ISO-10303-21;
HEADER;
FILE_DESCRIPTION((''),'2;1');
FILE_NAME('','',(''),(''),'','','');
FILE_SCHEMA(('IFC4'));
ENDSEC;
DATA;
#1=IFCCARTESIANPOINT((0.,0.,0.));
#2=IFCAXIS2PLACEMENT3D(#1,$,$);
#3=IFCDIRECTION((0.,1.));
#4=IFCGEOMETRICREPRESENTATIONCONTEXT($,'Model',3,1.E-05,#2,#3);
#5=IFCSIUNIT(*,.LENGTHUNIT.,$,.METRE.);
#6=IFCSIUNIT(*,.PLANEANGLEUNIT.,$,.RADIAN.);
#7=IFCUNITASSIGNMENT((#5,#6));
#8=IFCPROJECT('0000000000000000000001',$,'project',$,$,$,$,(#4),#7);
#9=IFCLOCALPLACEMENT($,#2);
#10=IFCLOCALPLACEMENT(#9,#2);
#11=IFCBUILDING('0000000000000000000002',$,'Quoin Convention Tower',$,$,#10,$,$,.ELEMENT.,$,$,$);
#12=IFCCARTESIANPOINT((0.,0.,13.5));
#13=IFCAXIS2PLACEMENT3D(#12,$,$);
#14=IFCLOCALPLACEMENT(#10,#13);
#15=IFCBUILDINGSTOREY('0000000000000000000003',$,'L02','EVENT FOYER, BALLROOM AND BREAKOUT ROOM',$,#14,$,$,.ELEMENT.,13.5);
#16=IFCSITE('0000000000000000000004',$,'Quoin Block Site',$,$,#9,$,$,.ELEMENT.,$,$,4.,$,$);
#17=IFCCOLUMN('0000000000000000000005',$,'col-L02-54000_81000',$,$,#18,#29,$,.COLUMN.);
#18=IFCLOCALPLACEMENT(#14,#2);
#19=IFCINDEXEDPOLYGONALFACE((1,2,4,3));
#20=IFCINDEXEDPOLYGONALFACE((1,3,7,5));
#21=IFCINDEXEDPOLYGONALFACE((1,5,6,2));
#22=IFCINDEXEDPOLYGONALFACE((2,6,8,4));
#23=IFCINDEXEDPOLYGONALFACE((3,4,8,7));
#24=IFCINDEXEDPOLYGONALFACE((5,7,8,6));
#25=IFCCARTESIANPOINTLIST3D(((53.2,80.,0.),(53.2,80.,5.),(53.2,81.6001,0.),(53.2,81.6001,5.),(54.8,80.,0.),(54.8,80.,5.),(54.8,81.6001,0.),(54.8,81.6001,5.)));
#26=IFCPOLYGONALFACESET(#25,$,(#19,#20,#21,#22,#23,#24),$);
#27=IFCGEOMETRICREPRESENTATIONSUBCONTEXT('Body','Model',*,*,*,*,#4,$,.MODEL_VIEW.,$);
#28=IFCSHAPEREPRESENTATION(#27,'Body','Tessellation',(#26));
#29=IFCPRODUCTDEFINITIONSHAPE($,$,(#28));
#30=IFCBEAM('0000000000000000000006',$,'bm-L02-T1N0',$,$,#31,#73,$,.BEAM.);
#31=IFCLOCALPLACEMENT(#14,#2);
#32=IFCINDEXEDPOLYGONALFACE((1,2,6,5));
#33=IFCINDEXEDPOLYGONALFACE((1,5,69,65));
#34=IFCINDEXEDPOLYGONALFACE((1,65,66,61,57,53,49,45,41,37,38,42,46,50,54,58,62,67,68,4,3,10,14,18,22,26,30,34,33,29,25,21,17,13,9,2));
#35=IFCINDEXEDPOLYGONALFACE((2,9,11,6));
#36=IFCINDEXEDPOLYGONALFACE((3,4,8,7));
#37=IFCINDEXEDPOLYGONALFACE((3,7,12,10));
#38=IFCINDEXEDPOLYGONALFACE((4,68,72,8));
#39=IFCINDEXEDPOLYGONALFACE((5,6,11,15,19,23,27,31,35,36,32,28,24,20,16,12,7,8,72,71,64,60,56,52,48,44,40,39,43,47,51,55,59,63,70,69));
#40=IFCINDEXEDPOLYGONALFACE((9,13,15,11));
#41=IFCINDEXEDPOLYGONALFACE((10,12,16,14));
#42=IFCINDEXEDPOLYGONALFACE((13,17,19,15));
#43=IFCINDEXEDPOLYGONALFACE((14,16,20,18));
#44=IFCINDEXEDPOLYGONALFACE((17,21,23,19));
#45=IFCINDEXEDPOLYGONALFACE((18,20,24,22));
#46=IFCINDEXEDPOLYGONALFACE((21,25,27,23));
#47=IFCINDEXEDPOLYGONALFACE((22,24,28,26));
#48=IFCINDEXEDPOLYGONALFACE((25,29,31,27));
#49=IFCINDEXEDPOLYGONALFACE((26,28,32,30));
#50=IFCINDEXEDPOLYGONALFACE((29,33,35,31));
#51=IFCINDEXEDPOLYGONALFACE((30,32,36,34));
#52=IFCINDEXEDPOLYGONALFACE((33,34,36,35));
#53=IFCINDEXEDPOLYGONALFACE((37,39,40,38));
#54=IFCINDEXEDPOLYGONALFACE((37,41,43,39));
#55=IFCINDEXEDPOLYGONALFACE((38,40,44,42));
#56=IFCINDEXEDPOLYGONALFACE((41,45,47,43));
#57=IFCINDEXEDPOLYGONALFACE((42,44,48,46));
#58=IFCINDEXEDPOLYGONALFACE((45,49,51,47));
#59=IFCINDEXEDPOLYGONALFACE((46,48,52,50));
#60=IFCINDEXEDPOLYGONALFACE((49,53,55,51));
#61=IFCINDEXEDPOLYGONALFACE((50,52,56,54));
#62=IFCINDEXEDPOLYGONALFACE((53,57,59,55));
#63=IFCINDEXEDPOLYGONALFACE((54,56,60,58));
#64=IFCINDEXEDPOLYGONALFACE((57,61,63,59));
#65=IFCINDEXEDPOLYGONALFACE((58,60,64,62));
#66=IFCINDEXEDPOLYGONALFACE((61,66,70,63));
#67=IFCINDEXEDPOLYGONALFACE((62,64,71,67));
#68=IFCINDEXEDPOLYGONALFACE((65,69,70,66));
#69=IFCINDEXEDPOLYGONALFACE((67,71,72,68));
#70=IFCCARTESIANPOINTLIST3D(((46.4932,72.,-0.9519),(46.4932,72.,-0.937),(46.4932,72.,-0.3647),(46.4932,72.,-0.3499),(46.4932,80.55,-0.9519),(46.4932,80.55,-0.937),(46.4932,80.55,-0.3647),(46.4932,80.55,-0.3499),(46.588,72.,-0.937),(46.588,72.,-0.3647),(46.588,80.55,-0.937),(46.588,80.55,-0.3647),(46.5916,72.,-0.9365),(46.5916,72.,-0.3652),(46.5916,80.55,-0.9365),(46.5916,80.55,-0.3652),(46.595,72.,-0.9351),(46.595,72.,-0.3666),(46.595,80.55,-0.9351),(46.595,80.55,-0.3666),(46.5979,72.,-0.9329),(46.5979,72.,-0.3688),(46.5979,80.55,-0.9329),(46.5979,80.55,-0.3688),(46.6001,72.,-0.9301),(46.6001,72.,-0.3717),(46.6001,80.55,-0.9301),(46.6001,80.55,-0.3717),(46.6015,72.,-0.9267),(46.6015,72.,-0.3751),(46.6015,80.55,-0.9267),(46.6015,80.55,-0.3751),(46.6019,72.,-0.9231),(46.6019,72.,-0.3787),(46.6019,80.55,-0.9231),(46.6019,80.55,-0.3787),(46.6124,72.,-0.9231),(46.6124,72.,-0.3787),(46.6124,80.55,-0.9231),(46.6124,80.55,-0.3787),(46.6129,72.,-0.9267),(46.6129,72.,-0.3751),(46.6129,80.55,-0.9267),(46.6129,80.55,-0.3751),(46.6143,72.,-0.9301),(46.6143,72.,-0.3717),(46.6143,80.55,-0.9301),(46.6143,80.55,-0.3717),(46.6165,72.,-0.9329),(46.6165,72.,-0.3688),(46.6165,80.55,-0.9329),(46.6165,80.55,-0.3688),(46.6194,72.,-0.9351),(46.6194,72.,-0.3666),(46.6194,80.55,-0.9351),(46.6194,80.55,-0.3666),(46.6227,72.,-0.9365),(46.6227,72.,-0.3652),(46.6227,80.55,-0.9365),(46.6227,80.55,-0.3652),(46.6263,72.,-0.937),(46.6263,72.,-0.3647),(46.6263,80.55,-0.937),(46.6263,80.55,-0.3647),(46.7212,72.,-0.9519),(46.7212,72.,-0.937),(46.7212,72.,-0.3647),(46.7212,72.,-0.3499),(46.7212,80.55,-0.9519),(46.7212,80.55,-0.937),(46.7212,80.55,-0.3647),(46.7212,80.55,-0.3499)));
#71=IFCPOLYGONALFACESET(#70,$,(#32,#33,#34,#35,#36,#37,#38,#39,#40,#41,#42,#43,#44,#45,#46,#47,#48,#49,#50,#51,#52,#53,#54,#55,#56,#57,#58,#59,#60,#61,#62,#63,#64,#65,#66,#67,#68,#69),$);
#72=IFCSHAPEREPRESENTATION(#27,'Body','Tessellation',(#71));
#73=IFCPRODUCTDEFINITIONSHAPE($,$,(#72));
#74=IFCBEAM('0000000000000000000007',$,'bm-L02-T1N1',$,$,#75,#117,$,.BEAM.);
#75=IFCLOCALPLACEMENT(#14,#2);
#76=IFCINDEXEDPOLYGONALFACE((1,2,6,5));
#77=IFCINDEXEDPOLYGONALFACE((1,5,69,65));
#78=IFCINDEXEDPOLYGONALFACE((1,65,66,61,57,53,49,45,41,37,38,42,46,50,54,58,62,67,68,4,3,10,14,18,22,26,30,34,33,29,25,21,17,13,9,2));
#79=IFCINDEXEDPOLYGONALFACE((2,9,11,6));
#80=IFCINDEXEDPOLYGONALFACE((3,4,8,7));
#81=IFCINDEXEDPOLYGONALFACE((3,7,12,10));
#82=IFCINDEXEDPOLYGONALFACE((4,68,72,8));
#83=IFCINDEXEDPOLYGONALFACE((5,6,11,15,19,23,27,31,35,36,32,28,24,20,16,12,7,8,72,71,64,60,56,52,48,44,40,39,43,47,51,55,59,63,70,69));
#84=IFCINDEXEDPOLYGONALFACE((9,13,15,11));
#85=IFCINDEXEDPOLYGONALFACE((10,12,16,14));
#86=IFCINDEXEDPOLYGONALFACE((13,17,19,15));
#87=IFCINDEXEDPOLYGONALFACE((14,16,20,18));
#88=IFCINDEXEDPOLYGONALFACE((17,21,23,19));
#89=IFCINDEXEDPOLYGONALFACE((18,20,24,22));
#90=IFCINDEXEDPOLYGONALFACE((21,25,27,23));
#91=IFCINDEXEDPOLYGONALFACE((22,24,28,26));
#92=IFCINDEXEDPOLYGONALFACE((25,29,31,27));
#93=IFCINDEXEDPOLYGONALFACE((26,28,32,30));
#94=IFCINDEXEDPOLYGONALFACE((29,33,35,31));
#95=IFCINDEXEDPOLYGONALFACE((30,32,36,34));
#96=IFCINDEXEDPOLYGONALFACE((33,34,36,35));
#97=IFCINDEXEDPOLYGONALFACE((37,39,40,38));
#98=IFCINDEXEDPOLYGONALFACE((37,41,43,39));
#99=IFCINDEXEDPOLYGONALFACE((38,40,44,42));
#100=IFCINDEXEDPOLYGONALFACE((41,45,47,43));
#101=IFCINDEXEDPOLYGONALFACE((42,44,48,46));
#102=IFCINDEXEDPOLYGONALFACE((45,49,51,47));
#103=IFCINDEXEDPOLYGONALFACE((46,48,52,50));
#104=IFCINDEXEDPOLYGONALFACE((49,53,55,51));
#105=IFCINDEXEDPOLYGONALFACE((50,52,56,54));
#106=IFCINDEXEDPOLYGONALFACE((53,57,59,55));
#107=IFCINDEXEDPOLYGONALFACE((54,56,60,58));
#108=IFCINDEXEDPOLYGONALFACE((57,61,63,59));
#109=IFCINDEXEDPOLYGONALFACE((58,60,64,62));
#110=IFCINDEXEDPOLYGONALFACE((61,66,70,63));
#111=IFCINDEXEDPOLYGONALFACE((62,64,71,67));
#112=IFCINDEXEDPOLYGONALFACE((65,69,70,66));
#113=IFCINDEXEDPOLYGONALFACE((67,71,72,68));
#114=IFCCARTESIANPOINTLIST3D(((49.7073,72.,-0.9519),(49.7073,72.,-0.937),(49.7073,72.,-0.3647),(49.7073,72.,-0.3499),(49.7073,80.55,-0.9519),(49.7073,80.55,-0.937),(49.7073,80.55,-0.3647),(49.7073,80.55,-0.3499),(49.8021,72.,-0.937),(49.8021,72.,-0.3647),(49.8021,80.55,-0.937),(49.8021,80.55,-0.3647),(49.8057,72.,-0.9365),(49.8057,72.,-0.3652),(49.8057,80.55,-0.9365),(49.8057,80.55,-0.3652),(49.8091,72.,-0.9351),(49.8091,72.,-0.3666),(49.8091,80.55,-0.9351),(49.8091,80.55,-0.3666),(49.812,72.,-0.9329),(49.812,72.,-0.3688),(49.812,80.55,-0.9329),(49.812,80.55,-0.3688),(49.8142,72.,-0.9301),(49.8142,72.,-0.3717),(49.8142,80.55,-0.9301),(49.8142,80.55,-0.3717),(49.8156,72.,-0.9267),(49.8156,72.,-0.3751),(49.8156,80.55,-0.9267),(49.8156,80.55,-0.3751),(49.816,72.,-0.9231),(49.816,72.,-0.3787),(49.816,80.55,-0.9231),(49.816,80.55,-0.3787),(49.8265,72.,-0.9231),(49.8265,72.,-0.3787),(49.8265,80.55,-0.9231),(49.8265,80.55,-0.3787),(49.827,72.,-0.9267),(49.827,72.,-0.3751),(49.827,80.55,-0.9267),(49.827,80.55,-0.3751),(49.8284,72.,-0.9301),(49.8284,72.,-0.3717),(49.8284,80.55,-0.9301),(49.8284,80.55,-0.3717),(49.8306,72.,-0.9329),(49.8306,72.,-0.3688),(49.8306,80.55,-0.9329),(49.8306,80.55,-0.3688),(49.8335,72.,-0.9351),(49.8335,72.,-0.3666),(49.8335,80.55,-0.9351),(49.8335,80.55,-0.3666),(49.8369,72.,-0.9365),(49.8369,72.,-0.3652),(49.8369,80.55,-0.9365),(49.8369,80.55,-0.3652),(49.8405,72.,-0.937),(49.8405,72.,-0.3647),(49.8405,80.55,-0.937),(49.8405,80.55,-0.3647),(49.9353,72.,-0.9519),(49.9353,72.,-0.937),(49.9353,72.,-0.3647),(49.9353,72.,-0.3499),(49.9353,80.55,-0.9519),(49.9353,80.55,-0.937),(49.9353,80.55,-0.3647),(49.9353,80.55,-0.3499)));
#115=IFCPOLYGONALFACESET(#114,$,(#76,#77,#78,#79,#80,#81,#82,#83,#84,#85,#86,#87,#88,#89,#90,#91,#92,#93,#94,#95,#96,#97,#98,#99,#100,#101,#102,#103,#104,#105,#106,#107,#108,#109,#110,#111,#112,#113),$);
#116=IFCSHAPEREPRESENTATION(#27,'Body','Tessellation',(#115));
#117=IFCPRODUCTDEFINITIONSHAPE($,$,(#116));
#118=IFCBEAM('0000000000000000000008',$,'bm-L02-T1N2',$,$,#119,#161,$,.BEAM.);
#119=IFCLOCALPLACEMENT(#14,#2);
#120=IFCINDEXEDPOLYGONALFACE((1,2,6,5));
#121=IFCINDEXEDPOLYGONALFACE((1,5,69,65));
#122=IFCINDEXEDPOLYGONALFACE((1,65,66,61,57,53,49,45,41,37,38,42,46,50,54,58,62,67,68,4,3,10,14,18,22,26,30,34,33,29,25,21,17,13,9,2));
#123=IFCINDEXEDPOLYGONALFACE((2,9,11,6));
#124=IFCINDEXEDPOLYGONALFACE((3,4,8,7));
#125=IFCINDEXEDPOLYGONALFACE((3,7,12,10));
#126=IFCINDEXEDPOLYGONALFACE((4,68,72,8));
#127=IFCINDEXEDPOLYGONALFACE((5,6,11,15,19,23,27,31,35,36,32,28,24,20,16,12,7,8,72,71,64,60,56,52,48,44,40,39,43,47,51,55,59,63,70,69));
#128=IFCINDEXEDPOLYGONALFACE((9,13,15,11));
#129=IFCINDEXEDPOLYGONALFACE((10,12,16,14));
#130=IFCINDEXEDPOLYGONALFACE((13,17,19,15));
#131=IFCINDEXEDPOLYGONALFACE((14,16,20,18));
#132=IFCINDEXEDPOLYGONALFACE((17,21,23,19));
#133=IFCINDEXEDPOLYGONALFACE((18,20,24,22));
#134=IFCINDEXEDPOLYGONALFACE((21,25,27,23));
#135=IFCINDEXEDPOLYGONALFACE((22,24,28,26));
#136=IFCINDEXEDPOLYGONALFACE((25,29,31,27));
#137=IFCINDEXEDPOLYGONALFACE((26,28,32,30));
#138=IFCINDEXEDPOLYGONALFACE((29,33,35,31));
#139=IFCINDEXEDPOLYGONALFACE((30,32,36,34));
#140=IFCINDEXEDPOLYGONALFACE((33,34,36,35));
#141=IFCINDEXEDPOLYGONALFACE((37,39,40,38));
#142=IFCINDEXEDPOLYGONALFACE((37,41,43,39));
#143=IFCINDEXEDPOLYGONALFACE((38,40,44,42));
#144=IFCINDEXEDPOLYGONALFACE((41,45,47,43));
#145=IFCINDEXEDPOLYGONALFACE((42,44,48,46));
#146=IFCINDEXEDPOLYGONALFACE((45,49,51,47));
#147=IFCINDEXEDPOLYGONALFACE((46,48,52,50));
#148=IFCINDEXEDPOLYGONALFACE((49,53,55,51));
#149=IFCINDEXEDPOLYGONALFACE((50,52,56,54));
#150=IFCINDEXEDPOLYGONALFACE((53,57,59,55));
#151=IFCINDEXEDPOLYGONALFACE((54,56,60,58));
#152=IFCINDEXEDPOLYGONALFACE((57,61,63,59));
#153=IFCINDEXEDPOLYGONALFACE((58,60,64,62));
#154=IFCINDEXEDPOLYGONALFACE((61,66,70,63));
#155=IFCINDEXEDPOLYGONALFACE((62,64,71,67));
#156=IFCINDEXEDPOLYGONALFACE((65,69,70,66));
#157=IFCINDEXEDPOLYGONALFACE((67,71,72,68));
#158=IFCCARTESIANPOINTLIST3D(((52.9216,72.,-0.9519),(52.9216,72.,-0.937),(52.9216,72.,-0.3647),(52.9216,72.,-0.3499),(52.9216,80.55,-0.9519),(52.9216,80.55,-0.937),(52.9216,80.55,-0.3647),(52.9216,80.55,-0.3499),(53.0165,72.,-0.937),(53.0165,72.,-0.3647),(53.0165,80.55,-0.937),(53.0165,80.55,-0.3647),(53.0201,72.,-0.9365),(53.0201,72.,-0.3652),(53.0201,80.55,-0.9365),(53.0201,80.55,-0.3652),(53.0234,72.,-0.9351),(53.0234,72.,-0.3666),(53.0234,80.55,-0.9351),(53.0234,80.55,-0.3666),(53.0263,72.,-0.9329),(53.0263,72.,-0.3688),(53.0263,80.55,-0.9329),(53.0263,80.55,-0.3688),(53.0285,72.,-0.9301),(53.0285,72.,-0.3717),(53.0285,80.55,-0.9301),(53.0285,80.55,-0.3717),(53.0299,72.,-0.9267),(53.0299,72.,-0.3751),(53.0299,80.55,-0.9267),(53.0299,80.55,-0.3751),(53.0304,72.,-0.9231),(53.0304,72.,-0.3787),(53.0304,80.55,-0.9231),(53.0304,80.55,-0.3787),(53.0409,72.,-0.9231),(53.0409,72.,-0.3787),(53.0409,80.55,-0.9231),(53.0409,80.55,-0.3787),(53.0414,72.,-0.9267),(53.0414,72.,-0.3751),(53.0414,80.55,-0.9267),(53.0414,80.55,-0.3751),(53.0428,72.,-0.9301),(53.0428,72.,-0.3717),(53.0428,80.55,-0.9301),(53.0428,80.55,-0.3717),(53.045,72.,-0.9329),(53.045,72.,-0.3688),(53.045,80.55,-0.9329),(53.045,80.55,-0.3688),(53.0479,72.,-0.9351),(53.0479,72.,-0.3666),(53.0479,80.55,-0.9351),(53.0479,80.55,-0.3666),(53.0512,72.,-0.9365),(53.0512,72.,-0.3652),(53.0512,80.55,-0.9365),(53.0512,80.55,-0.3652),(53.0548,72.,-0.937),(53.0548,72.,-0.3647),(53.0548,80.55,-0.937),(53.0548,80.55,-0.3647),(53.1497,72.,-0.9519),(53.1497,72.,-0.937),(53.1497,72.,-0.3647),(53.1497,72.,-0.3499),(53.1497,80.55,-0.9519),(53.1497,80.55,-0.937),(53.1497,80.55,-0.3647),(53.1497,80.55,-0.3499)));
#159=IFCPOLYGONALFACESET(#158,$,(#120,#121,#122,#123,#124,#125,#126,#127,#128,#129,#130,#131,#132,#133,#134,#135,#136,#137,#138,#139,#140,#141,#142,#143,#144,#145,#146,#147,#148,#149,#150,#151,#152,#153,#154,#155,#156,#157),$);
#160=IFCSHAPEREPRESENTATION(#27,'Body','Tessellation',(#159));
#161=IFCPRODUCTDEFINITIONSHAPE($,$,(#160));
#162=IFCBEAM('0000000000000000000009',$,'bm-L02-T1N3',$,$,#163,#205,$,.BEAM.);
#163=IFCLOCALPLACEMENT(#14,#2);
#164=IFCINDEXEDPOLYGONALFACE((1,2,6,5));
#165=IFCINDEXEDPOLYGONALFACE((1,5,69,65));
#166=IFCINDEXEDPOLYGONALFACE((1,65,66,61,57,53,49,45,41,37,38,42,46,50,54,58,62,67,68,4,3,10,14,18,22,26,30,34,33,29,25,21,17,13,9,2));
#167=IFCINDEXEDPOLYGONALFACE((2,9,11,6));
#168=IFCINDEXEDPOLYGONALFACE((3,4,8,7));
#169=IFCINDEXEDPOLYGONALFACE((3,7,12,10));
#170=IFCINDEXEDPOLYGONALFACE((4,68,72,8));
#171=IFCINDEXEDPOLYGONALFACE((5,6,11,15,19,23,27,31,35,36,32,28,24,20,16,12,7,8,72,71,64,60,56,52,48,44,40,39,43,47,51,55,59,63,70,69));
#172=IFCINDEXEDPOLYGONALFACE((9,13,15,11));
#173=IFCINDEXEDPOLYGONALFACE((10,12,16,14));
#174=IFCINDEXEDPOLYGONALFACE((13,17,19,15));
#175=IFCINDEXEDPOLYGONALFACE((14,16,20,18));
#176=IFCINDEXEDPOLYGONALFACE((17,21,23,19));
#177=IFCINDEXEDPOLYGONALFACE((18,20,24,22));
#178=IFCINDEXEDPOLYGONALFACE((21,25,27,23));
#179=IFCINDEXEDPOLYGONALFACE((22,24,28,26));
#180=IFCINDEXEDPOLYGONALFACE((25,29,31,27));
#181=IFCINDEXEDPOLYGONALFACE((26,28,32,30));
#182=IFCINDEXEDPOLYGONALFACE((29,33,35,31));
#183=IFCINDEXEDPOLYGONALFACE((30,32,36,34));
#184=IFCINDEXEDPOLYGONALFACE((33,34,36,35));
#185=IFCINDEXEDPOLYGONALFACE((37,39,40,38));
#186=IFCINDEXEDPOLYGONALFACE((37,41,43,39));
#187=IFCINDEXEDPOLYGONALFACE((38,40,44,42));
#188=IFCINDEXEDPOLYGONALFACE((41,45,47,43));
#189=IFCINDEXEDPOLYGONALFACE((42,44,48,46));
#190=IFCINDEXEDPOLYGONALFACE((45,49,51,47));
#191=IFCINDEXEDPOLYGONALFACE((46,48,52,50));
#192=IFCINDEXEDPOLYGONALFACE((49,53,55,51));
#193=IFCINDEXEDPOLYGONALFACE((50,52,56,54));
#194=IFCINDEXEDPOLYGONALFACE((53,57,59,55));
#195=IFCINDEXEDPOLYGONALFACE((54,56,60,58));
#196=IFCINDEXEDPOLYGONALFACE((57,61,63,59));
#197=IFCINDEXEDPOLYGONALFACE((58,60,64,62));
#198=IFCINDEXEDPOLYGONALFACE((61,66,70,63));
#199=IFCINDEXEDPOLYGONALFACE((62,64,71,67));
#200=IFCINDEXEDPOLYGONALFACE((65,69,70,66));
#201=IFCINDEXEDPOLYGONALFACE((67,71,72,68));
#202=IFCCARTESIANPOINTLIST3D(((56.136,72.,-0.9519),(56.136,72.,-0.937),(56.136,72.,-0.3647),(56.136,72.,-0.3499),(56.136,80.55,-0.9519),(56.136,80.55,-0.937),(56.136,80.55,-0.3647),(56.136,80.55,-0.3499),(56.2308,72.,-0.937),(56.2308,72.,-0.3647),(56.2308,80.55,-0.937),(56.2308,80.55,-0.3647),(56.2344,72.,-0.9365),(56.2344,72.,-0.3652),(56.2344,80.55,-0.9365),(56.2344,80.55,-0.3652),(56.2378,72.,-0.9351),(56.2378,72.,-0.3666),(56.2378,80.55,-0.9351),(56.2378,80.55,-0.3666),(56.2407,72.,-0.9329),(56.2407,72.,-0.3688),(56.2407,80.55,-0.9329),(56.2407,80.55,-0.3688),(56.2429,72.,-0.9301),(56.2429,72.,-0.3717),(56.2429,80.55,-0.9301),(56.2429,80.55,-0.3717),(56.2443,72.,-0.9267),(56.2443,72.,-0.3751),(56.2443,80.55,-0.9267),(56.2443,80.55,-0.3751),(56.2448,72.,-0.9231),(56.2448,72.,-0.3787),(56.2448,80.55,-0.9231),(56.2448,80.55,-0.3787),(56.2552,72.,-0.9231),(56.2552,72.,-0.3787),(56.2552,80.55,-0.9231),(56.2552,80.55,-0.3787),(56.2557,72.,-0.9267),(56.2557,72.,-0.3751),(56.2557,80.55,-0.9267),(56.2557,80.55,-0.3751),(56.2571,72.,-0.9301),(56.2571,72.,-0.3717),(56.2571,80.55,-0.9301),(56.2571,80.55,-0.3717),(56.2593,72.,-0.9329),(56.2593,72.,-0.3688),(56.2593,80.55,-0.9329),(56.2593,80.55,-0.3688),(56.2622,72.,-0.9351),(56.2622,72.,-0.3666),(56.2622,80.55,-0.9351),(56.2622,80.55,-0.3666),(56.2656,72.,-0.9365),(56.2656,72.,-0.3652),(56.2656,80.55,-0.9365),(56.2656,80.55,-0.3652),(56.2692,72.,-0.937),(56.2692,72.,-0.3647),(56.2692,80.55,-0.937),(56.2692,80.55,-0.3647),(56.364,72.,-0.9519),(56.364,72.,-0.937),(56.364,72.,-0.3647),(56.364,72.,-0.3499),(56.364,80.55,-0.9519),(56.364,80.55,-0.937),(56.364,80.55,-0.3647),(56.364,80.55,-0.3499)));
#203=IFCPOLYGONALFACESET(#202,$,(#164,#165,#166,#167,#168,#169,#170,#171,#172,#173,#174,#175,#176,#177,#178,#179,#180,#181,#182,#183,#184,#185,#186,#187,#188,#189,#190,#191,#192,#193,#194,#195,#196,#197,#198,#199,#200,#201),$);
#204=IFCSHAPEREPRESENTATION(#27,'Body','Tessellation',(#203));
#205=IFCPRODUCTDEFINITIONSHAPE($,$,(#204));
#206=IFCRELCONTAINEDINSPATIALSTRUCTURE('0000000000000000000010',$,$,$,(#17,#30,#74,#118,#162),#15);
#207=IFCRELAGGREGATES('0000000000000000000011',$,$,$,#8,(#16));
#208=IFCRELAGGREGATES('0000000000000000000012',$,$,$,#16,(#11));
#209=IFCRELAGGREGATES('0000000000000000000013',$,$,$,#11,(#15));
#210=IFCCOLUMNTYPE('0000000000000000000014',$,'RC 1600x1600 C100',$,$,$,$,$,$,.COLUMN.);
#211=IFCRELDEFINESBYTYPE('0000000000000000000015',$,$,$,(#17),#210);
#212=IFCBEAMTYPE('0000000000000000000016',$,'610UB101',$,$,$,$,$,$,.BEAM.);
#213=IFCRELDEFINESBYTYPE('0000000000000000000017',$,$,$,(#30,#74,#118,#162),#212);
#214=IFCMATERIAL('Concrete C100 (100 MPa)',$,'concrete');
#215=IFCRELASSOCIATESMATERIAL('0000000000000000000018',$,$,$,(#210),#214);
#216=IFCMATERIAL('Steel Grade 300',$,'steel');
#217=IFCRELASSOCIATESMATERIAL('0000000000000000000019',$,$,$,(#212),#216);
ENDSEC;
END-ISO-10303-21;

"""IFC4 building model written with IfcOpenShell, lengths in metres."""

from ifc_helpers import new_model, si_unit, direction, frame, origin, origin_2d, place, context, subcontext, project, spatial, rectangle, i_section, extrude, material, material_profile, profile_set, type_object, element, save


model = new_model("IFC4")

# Units and contexts
model_context = context("Model", 3, precision=1e-05, world=origin(), true_north=direction((0.0, 1.0)))
body_context = subcontext(model_context, "Body", "Model", "MODEL_VIEW")
ifc_project = project(units=[si_unit("LENGTHUNIT", "METRE"), si_unit("PLANEANGLEUNIT", "RADIAN")], contexts=[model_context])

# Site, building, storey
site_placement = place(None, origin())
site = spatial("IfcSite", under=ifc_project, at=site_placement, Name="Quoin Block Site", CompositionType="ELEMENT", RefElevation=4.0)
building_placement = place(site_placement, origin())
building = spatial("IfcBuilding", under=site, at=building_placement, Name="Quoin Convention Tower", CompositionType="ELEMENT")
storey_placement = place(building_placement, frame((0.0, 0.0, 13.5)))
storey = spatial("IfcBuildingStorey", under=building, at=storey_placement, Name="L02", Description="EVENT FOYER, BALLROOM AND BREAKOUT ROOM", CompositionType="ELEMENT", Elevation=13.5)

# Column
ifc_material_1 = material(Name="Concrete C100 (100 MPa)", Category="concrete")
ifc_material_profile_1 = material_profile(ifc_material_1, rectangle(XDim=1.6001, YDim=1.6001, at=origin_2d()), Name="RC 1600x1600")
ifc_profile_set_1 = profile_set([ifc_material_profile_1], Name="Concrete C100 (100 MPa)")
column_type = type_object("IfcColumnType", Name="RC 1600x1600 C100", PredefinedType="COLUMN", material=ifc_profile_set_1)
column_placement = place(storey_placement, frame((54.0, 80.8, 0.0), z_axis=(0.0, 0.0, 1.0), x_axis=(1.0, 0.0, 0.0)))
element("IfcColumn", 1, at=column_placement, inside=storey, type_object=column_type, Name="col-L02-54000_81000", PredefinedType="COLUMN", context=body_context, shape_type="SweptSolid", body=[
    extrude(rectangle(XDim=1.6001, YDim=1.6001, at=origin_2d()), origin(), (0.0, 0.0, 1.0), 5.0),
])

# Beams
ifc_material_2 = material(Name="Steel Grade 300", Category="steel")
ifc_material_profile_2 = material_profile(ifc_material_2, i_section(OverallWidth=0.228, OverallDepth=0.6021, WebThickness=0.0105, FlangeThickness=0.0149, FilletRadius=0.0139, at=origin_2d()), Name="610UB101")
ifc_profile_set_2 = profile_set([ifc_material_profile_2], Name="Steel Grade 300")
beam_type_1 = type_object("IfcBeamType", Name="610UB101", PredefinedType="BEAM", material=ifc_profile_set_2)
for number, where, z_axis, x_axis, name in (
    (2, (46.6072, 72.0, -0.6509), (0.0, 1.0, 0.0), (-1.0, 0.0, 0.0), "bm-L02-T1N0"),
    (3, (49.8213, 72.0, -0.6509), (0.0, 1.0, 0.0), (-1.0, 0.0, 0.0), "bm-L02-T1N1"),
    (4, (53.0356, 72.0, -0.6509), (0.0, 1.0, 0.0), (-1.0, 0.0, 0.0), "bm-L02-T1N2"),
    (5, (56.25, 72.0, -0.6509), (0.0, 1.0, 0.0), (-1.0, 0.0, 0.0), "bm-L02-T1N3"),
):
    element("IfcBeam", number, at=place(storey_placement, frame(where, z_axis=z_axis, x_axis=x_axis)), inside=storey, type_object=beam_type_1, Name=name, PredefinedType="BEAM", context=body_context, shape_type="SweptSolid", body=[
        extrude(i_section(OverallWidth=0.228, OverallDepth=0.6021, WebThickness=0.0105, FlangeThickness=0.0149, FilletRadius=0.0139, at=origin_2d()), origin(), (0.0, 0.0, 1.0), 8.55),
    ])

save(model, "model.ifc")
